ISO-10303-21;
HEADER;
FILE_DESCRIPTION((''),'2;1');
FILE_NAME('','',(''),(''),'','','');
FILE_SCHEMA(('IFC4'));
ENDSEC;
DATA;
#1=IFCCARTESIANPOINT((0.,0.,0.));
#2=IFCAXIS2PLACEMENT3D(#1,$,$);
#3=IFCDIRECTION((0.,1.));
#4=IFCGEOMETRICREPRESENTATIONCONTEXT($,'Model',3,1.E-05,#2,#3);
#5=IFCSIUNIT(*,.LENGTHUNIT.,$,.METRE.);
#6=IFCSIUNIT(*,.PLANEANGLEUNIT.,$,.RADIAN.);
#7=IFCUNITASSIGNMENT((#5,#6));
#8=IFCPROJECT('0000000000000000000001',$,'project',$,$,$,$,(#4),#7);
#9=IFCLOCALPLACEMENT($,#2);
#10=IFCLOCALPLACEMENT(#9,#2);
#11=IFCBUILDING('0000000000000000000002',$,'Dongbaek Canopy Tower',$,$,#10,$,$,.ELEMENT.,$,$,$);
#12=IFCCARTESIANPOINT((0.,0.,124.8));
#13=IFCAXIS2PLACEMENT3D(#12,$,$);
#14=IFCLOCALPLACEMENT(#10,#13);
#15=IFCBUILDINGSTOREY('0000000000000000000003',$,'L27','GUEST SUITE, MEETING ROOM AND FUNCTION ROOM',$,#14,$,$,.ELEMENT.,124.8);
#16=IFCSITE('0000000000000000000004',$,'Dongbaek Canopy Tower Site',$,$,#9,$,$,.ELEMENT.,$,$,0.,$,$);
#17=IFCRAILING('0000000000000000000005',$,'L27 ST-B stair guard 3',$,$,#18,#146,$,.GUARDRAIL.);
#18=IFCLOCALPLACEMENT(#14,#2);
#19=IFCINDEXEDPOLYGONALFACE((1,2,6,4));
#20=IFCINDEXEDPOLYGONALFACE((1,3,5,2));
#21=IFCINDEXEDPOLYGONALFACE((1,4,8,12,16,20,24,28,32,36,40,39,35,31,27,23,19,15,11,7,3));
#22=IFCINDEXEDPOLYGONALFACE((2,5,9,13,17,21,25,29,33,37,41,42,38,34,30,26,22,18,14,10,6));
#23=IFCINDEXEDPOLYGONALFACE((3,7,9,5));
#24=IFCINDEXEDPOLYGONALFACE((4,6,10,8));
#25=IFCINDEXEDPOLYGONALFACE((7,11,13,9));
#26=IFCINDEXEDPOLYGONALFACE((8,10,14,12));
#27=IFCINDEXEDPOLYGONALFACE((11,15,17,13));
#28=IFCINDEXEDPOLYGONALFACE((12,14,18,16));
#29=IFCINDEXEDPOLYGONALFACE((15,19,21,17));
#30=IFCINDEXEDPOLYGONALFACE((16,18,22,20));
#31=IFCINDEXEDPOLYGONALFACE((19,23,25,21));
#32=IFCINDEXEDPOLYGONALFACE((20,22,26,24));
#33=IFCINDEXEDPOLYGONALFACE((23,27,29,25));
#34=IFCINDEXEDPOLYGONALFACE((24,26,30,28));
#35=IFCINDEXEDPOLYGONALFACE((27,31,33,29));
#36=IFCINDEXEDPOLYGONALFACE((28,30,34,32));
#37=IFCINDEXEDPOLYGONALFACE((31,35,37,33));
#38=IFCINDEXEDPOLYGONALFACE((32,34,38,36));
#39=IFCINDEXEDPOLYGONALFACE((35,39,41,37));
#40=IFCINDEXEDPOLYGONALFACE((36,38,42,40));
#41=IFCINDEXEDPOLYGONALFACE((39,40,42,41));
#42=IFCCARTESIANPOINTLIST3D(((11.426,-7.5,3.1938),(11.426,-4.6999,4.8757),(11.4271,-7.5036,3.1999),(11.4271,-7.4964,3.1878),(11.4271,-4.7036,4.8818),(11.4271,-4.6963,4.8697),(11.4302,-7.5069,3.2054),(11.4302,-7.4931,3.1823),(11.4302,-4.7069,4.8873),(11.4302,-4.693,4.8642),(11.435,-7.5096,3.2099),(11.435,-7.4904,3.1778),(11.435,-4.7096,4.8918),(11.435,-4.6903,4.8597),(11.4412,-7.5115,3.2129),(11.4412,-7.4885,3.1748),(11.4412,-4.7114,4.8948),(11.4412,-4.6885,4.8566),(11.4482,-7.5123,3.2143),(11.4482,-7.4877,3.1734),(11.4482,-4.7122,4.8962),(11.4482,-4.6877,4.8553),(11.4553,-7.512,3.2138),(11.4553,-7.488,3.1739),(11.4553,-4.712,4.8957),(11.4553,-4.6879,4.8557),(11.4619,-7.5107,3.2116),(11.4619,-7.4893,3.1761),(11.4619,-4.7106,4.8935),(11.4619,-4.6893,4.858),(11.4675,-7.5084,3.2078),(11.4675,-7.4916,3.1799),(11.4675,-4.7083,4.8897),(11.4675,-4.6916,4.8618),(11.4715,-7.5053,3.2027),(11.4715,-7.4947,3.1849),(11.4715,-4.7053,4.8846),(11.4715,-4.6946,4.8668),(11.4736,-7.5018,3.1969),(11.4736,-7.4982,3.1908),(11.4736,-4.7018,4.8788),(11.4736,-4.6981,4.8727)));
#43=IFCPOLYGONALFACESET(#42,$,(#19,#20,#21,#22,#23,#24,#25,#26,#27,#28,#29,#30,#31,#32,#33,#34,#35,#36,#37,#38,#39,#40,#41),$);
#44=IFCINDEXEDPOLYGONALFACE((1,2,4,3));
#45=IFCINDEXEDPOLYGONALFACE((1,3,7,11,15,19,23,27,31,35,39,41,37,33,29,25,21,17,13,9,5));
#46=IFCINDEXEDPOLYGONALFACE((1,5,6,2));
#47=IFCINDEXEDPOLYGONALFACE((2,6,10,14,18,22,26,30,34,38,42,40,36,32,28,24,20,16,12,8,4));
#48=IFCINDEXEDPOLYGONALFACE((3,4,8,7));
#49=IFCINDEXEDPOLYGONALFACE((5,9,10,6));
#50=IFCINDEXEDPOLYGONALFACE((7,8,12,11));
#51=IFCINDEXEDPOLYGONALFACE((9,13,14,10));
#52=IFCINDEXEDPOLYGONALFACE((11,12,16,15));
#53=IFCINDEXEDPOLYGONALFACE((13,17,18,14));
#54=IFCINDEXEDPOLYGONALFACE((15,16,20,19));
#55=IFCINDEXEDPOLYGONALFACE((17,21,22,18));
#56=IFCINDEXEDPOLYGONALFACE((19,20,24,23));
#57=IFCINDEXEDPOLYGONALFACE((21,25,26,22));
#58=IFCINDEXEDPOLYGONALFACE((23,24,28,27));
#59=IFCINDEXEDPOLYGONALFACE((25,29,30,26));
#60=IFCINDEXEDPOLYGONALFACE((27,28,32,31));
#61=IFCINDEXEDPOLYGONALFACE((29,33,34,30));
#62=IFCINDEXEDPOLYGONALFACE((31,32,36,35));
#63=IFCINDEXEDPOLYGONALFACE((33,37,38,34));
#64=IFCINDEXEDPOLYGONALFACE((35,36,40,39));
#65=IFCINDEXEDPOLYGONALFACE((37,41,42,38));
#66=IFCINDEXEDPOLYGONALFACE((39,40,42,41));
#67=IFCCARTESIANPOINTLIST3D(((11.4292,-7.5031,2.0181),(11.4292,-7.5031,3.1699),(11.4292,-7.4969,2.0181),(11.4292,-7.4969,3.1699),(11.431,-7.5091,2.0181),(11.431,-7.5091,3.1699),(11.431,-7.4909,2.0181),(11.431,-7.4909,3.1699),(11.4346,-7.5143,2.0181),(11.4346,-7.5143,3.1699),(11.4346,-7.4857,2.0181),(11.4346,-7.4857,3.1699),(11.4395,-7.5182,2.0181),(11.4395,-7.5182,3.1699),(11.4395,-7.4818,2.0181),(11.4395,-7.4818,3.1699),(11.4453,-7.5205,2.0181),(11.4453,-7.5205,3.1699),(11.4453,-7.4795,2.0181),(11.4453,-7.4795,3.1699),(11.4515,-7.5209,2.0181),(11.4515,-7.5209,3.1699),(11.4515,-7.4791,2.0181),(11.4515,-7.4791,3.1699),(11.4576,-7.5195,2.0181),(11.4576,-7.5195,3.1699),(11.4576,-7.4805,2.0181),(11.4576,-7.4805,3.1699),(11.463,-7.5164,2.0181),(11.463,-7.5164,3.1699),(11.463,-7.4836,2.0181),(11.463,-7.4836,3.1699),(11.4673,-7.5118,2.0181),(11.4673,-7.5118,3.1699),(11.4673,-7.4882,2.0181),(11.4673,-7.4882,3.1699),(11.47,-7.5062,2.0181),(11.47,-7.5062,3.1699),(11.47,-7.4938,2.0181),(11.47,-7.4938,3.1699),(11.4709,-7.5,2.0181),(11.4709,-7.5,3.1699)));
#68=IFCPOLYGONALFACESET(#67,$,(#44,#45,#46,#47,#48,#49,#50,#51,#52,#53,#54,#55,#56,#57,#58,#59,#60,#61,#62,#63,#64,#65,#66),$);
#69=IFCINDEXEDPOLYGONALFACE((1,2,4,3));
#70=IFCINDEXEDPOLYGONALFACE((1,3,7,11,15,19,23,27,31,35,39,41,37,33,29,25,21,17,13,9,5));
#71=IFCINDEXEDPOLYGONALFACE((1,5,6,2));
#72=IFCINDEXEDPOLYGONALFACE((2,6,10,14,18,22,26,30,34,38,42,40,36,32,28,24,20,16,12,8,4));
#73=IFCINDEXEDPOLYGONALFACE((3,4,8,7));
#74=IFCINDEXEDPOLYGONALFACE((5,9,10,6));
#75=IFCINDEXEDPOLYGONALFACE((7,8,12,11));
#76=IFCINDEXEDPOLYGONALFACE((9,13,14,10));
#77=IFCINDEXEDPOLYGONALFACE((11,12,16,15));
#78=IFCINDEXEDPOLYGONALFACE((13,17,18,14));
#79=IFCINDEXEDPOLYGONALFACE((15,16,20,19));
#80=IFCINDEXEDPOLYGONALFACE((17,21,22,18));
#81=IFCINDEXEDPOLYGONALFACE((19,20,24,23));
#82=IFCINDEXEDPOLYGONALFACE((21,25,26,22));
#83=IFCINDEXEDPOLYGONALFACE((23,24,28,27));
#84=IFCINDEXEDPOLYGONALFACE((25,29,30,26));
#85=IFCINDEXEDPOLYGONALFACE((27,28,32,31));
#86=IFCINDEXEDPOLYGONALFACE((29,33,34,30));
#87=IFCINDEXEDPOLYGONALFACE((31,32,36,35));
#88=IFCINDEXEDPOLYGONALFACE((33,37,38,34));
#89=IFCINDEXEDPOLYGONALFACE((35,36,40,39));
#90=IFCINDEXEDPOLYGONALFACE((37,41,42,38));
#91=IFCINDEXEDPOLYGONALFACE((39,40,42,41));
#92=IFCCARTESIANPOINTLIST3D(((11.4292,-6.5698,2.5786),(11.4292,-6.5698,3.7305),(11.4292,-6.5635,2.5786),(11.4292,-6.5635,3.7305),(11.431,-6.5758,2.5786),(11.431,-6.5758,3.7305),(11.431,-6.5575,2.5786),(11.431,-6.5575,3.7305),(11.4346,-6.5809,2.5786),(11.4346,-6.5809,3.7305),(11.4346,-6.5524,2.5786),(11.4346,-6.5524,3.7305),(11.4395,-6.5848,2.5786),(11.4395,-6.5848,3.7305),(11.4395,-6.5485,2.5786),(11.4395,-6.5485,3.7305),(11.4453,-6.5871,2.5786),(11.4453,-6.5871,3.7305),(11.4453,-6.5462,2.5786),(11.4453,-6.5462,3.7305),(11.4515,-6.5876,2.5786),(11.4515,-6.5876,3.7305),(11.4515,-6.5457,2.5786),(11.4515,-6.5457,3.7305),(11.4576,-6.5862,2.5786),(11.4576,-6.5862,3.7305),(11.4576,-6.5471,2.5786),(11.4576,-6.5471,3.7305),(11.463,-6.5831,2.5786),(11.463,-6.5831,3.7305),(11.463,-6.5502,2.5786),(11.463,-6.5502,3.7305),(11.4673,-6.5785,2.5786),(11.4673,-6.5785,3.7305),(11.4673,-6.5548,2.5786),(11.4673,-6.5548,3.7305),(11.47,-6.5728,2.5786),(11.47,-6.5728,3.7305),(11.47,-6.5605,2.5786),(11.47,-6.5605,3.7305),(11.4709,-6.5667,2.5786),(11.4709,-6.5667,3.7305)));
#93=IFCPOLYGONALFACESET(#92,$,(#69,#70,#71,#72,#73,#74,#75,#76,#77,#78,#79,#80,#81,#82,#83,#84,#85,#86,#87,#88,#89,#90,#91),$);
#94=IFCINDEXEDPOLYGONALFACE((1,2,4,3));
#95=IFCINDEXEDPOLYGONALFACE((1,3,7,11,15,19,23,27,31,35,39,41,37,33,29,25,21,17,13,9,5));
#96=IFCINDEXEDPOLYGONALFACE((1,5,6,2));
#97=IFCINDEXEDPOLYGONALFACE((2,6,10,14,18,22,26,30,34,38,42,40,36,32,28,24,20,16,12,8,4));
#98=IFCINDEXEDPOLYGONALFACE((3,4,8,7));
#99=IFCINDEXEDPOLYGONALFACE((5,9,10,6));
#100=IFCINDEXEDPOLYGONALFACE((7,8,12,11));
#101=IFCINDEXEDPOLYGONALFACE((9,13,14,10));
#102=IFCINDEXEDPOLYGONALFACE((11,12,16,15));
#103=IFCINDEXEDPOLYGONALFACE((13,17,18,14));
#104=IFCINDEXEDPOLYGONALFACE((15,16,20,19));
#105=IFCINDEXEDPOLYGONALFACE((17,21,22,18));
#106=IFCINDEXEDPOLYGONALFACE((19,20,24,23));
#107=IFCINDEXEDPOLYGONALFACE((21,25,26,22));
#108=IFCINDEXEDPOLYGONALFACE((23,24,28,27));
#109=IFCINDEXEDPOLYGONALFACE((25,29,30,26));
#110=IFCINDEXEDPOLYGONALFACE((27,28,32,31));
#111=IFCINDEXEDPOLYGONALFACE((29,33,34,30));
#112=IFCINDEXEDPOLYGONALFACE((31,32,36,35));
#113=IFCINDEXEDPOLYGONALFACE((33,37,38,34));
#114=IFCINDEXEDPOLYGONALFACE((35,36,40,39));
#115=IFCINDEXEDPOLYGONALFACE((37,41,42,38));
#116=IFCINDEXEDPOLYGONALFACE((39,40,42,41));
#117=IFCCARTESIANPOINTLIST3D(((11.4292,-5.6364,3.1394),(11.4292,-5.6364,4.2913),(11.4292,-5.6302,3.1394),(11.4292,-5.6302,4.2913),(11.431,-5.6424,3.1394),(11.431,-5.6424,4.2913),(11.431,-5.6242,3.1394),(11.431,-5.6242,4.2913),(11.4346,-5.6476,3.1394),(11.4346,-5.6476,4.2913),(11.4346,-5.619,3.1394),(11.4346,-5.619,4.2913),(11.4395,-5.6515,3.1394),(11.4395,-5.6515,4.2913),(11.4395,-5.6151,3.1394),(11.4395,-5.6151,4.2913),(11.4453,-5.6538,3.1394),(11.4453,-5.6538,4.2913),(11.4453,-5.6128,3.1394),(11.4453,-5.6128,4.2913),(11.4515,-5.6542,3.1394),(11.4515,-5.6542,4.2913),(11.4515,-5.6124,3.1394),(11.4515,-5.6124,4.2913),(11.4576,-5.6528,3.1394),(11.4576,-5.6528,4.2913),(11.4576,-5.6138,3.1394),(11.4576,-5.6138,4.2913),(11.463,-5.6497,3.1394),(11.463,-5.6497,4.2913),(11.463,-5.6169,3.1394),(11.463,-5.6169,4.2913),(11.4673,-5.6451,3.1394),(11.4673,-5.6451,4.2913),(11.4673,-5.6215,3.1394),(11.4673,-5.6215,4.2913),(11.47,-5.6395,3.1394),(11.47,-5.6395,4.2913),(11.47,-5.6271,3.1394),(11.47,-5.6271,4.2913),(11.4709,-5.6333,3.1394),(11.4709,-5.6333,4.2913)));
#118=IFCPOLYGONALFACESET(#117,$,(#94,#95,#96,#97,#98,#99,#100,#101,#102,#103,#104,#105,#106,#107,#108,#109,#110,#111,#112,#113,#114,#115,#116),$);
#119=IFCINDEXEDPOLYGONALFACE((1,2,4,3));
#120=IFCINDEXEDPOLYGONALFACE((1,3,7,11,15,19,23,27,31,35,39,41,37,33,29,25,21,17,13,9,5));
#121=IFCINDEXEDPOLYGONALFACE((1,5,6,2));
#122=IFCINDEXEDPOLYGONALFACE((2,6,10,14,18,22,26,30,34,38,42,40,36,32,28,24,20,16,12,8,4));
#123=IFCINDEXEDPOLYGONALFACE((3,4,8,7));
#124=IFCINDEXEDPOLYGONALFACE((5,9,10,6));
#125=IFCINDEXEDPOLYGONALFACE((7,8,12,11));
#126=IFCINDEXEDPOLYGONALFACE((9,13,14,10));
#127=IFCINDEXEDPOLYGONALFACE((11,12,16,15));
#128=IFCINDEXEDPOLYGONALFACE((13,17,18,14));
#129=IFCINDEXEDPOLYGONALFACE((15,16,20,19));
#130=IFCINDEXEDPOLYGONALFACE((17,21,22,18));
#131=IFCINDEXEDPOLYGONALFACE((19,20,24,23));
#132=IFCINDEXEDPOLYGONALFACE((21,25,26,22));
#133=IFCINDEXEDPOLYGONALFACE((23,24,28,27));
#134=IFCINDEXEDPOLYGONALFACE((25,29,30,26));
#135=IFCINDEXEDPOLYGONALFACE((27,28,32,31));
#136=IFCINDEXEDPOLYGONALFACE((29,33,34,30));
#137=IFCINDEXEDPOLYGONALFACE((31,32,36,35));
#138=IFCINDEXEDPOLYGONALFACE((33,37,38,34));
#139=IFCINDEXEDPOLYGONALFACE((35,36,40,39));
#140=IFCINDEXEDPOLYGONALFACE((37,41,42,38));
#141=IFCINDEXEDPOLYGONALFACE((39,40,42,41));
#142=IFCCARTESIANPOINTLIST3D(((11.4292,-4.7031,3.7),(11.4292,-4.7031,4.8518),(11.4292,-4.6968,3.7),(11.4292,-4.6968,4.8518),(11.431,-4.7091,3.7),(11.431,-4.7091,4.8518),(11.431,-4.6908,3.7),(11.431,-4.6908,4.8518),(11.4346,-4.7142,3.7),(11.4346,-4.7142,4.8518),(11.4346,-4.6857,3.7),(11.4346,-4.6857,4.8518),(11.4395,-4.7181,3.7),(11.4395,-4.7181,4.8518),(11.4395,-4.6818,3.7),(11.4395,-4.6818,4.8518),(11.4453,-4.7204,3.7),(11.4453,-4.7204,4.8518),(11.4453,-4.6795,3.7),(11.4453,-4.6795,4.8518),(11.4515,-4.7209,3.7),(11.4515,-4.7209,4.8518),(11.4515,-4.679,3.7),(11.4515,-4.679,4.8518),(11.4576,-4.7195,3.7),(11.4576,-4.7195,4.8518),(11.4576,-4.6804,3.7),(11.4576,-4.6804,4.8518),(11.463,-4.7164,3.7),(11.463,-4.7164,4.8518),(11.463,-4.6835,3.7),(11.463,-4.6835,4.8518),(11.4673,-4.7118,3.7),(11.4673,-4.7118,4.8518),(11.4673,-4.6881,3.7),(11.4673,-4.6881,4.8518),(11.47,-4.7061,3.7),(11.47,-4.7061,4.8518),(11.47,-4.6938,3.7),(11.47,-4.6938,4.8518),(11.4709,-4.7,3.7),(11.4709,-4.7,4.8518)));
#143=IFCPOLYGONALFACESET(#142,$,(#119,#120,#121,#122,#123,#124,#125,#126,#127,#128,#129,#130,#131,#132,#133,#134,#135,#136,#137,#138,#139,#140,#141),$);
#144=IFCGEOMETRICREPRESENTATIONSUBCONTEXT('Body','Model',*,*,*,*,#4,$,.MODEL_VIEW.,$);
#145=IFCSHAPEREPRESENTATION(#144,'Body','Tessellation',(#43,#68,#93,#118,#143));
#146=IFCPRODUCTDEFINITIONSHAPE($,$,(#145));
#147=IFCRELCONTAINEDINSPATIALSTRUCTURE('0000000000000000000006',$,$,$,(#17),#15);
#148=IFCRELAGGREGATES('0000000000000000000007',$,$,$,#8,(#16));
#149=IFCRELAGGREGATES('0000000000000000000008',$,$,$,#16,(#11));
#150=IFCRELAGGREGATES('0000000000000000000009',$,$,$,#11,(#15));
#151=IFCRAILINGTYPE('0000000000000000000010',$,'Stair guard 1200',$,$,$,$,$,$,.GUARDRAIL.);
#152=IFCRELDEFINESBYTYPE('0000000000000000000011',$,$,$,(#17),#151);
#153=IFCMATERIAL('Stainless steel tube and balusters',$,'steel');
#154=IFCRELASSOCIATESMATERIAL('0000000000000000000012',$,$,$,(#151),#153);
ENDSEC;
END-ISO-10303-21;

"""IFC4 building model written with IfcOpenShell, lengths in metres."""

from ifc_helpers import new_model, si_unit, direction, frame, origin, origin_2d, place, context, subcontext, project, spatial, circle, extrude, material, type_object, element, save


model = new_model("IFC4")

# Units and contexts
model_context = context("Model", 3, precision=1e-05, world=origin(), true_north=direction((0.0, 1.0)))
body_context = subcontext(model_context, "Body", "Model", "MODEL_VIEW")
ifc_project = project(units=[si_unit("LENGTHUNIT", "METRE"), si_unit("PLANEANGLEUNIT", "RADIAN")], contexts=[model_context])

# Site, building, storey
site_placement = place(None, origin())
site = spatial("IfcSite", under=ifc_project, at=site_placement, Name="Dongbaek Canopy Tower Site", CompositionType="ELEMENT", RefElevation=0.0)
building_placement = place(site_placement, origin())
building = spatial("IfcBuilding", under=site, at=building_placement, Name="Dongbaek Canopy Tower", CompositionType="ELEMENT")
storey_placement = place(building_placement, frame((0.0, 0.0, 124.8)))
storey = spatial("IfcBuildingStorey", under=building, at=storey_placement, Name="L27", Description="GUEST SUITE, MEETING ROOM AND FUNCTION ROOM", CompositionType="ELEMENT", Elevation=124.8)

# Railing
ifc_material_1 = material(Name="Stainless steel tube and balusters", Category="steel")
railing_type_1 = type_object("IfcRailingType", Name="Stair guard 1200", PredefinedType="GUARDRAIL", material=ifc_material_1)
railing_1_placement = place(storey_placement, frame((11.45, -7.5, 2.0181)))
element("IfcRailing", 1, at=railing_1_placement, inside=storey, type_object=railing_type_1, Name="L27 ST-B stair guard 3", PredefinedType="GUARDRAIL", context=body_context, shape_type="SweptSolid", body=[
    extrude(circle(Radius=0.0239, at=origin_2d()), frame((0.0, 0.0, 1.1758), z_axis=(0.0, 0.857242, 0.514913), x_axis=(-1.0, 0.0, 0.0)), (0.0, 0.0, 1.0), 3.2664),
    extrude(circle(Radius=0.021, at=origin_2d()), origin(), (0.0, 0.0, 1.0), 1.1519),
    extrude(circle(Radius=0.021, at=origin_2d()), frame((0.0, 0.9333, 0.5605)), (0.0, 0.0, 1.0), 1.1519),
    extrude(circle(Radius=0.021, at=origin_2d()), frame((0.0, 1.8667, 1.1213)), (0.0, 0.0, 1.0), 1.1519),
    extrude(circle(Radius=0.021, at=origin_2d()), frame((0.0, 2.8, 1.6819)), (0.0, 0.0, 1.0), 1.1519),
])

save(model, "model.ifc")
